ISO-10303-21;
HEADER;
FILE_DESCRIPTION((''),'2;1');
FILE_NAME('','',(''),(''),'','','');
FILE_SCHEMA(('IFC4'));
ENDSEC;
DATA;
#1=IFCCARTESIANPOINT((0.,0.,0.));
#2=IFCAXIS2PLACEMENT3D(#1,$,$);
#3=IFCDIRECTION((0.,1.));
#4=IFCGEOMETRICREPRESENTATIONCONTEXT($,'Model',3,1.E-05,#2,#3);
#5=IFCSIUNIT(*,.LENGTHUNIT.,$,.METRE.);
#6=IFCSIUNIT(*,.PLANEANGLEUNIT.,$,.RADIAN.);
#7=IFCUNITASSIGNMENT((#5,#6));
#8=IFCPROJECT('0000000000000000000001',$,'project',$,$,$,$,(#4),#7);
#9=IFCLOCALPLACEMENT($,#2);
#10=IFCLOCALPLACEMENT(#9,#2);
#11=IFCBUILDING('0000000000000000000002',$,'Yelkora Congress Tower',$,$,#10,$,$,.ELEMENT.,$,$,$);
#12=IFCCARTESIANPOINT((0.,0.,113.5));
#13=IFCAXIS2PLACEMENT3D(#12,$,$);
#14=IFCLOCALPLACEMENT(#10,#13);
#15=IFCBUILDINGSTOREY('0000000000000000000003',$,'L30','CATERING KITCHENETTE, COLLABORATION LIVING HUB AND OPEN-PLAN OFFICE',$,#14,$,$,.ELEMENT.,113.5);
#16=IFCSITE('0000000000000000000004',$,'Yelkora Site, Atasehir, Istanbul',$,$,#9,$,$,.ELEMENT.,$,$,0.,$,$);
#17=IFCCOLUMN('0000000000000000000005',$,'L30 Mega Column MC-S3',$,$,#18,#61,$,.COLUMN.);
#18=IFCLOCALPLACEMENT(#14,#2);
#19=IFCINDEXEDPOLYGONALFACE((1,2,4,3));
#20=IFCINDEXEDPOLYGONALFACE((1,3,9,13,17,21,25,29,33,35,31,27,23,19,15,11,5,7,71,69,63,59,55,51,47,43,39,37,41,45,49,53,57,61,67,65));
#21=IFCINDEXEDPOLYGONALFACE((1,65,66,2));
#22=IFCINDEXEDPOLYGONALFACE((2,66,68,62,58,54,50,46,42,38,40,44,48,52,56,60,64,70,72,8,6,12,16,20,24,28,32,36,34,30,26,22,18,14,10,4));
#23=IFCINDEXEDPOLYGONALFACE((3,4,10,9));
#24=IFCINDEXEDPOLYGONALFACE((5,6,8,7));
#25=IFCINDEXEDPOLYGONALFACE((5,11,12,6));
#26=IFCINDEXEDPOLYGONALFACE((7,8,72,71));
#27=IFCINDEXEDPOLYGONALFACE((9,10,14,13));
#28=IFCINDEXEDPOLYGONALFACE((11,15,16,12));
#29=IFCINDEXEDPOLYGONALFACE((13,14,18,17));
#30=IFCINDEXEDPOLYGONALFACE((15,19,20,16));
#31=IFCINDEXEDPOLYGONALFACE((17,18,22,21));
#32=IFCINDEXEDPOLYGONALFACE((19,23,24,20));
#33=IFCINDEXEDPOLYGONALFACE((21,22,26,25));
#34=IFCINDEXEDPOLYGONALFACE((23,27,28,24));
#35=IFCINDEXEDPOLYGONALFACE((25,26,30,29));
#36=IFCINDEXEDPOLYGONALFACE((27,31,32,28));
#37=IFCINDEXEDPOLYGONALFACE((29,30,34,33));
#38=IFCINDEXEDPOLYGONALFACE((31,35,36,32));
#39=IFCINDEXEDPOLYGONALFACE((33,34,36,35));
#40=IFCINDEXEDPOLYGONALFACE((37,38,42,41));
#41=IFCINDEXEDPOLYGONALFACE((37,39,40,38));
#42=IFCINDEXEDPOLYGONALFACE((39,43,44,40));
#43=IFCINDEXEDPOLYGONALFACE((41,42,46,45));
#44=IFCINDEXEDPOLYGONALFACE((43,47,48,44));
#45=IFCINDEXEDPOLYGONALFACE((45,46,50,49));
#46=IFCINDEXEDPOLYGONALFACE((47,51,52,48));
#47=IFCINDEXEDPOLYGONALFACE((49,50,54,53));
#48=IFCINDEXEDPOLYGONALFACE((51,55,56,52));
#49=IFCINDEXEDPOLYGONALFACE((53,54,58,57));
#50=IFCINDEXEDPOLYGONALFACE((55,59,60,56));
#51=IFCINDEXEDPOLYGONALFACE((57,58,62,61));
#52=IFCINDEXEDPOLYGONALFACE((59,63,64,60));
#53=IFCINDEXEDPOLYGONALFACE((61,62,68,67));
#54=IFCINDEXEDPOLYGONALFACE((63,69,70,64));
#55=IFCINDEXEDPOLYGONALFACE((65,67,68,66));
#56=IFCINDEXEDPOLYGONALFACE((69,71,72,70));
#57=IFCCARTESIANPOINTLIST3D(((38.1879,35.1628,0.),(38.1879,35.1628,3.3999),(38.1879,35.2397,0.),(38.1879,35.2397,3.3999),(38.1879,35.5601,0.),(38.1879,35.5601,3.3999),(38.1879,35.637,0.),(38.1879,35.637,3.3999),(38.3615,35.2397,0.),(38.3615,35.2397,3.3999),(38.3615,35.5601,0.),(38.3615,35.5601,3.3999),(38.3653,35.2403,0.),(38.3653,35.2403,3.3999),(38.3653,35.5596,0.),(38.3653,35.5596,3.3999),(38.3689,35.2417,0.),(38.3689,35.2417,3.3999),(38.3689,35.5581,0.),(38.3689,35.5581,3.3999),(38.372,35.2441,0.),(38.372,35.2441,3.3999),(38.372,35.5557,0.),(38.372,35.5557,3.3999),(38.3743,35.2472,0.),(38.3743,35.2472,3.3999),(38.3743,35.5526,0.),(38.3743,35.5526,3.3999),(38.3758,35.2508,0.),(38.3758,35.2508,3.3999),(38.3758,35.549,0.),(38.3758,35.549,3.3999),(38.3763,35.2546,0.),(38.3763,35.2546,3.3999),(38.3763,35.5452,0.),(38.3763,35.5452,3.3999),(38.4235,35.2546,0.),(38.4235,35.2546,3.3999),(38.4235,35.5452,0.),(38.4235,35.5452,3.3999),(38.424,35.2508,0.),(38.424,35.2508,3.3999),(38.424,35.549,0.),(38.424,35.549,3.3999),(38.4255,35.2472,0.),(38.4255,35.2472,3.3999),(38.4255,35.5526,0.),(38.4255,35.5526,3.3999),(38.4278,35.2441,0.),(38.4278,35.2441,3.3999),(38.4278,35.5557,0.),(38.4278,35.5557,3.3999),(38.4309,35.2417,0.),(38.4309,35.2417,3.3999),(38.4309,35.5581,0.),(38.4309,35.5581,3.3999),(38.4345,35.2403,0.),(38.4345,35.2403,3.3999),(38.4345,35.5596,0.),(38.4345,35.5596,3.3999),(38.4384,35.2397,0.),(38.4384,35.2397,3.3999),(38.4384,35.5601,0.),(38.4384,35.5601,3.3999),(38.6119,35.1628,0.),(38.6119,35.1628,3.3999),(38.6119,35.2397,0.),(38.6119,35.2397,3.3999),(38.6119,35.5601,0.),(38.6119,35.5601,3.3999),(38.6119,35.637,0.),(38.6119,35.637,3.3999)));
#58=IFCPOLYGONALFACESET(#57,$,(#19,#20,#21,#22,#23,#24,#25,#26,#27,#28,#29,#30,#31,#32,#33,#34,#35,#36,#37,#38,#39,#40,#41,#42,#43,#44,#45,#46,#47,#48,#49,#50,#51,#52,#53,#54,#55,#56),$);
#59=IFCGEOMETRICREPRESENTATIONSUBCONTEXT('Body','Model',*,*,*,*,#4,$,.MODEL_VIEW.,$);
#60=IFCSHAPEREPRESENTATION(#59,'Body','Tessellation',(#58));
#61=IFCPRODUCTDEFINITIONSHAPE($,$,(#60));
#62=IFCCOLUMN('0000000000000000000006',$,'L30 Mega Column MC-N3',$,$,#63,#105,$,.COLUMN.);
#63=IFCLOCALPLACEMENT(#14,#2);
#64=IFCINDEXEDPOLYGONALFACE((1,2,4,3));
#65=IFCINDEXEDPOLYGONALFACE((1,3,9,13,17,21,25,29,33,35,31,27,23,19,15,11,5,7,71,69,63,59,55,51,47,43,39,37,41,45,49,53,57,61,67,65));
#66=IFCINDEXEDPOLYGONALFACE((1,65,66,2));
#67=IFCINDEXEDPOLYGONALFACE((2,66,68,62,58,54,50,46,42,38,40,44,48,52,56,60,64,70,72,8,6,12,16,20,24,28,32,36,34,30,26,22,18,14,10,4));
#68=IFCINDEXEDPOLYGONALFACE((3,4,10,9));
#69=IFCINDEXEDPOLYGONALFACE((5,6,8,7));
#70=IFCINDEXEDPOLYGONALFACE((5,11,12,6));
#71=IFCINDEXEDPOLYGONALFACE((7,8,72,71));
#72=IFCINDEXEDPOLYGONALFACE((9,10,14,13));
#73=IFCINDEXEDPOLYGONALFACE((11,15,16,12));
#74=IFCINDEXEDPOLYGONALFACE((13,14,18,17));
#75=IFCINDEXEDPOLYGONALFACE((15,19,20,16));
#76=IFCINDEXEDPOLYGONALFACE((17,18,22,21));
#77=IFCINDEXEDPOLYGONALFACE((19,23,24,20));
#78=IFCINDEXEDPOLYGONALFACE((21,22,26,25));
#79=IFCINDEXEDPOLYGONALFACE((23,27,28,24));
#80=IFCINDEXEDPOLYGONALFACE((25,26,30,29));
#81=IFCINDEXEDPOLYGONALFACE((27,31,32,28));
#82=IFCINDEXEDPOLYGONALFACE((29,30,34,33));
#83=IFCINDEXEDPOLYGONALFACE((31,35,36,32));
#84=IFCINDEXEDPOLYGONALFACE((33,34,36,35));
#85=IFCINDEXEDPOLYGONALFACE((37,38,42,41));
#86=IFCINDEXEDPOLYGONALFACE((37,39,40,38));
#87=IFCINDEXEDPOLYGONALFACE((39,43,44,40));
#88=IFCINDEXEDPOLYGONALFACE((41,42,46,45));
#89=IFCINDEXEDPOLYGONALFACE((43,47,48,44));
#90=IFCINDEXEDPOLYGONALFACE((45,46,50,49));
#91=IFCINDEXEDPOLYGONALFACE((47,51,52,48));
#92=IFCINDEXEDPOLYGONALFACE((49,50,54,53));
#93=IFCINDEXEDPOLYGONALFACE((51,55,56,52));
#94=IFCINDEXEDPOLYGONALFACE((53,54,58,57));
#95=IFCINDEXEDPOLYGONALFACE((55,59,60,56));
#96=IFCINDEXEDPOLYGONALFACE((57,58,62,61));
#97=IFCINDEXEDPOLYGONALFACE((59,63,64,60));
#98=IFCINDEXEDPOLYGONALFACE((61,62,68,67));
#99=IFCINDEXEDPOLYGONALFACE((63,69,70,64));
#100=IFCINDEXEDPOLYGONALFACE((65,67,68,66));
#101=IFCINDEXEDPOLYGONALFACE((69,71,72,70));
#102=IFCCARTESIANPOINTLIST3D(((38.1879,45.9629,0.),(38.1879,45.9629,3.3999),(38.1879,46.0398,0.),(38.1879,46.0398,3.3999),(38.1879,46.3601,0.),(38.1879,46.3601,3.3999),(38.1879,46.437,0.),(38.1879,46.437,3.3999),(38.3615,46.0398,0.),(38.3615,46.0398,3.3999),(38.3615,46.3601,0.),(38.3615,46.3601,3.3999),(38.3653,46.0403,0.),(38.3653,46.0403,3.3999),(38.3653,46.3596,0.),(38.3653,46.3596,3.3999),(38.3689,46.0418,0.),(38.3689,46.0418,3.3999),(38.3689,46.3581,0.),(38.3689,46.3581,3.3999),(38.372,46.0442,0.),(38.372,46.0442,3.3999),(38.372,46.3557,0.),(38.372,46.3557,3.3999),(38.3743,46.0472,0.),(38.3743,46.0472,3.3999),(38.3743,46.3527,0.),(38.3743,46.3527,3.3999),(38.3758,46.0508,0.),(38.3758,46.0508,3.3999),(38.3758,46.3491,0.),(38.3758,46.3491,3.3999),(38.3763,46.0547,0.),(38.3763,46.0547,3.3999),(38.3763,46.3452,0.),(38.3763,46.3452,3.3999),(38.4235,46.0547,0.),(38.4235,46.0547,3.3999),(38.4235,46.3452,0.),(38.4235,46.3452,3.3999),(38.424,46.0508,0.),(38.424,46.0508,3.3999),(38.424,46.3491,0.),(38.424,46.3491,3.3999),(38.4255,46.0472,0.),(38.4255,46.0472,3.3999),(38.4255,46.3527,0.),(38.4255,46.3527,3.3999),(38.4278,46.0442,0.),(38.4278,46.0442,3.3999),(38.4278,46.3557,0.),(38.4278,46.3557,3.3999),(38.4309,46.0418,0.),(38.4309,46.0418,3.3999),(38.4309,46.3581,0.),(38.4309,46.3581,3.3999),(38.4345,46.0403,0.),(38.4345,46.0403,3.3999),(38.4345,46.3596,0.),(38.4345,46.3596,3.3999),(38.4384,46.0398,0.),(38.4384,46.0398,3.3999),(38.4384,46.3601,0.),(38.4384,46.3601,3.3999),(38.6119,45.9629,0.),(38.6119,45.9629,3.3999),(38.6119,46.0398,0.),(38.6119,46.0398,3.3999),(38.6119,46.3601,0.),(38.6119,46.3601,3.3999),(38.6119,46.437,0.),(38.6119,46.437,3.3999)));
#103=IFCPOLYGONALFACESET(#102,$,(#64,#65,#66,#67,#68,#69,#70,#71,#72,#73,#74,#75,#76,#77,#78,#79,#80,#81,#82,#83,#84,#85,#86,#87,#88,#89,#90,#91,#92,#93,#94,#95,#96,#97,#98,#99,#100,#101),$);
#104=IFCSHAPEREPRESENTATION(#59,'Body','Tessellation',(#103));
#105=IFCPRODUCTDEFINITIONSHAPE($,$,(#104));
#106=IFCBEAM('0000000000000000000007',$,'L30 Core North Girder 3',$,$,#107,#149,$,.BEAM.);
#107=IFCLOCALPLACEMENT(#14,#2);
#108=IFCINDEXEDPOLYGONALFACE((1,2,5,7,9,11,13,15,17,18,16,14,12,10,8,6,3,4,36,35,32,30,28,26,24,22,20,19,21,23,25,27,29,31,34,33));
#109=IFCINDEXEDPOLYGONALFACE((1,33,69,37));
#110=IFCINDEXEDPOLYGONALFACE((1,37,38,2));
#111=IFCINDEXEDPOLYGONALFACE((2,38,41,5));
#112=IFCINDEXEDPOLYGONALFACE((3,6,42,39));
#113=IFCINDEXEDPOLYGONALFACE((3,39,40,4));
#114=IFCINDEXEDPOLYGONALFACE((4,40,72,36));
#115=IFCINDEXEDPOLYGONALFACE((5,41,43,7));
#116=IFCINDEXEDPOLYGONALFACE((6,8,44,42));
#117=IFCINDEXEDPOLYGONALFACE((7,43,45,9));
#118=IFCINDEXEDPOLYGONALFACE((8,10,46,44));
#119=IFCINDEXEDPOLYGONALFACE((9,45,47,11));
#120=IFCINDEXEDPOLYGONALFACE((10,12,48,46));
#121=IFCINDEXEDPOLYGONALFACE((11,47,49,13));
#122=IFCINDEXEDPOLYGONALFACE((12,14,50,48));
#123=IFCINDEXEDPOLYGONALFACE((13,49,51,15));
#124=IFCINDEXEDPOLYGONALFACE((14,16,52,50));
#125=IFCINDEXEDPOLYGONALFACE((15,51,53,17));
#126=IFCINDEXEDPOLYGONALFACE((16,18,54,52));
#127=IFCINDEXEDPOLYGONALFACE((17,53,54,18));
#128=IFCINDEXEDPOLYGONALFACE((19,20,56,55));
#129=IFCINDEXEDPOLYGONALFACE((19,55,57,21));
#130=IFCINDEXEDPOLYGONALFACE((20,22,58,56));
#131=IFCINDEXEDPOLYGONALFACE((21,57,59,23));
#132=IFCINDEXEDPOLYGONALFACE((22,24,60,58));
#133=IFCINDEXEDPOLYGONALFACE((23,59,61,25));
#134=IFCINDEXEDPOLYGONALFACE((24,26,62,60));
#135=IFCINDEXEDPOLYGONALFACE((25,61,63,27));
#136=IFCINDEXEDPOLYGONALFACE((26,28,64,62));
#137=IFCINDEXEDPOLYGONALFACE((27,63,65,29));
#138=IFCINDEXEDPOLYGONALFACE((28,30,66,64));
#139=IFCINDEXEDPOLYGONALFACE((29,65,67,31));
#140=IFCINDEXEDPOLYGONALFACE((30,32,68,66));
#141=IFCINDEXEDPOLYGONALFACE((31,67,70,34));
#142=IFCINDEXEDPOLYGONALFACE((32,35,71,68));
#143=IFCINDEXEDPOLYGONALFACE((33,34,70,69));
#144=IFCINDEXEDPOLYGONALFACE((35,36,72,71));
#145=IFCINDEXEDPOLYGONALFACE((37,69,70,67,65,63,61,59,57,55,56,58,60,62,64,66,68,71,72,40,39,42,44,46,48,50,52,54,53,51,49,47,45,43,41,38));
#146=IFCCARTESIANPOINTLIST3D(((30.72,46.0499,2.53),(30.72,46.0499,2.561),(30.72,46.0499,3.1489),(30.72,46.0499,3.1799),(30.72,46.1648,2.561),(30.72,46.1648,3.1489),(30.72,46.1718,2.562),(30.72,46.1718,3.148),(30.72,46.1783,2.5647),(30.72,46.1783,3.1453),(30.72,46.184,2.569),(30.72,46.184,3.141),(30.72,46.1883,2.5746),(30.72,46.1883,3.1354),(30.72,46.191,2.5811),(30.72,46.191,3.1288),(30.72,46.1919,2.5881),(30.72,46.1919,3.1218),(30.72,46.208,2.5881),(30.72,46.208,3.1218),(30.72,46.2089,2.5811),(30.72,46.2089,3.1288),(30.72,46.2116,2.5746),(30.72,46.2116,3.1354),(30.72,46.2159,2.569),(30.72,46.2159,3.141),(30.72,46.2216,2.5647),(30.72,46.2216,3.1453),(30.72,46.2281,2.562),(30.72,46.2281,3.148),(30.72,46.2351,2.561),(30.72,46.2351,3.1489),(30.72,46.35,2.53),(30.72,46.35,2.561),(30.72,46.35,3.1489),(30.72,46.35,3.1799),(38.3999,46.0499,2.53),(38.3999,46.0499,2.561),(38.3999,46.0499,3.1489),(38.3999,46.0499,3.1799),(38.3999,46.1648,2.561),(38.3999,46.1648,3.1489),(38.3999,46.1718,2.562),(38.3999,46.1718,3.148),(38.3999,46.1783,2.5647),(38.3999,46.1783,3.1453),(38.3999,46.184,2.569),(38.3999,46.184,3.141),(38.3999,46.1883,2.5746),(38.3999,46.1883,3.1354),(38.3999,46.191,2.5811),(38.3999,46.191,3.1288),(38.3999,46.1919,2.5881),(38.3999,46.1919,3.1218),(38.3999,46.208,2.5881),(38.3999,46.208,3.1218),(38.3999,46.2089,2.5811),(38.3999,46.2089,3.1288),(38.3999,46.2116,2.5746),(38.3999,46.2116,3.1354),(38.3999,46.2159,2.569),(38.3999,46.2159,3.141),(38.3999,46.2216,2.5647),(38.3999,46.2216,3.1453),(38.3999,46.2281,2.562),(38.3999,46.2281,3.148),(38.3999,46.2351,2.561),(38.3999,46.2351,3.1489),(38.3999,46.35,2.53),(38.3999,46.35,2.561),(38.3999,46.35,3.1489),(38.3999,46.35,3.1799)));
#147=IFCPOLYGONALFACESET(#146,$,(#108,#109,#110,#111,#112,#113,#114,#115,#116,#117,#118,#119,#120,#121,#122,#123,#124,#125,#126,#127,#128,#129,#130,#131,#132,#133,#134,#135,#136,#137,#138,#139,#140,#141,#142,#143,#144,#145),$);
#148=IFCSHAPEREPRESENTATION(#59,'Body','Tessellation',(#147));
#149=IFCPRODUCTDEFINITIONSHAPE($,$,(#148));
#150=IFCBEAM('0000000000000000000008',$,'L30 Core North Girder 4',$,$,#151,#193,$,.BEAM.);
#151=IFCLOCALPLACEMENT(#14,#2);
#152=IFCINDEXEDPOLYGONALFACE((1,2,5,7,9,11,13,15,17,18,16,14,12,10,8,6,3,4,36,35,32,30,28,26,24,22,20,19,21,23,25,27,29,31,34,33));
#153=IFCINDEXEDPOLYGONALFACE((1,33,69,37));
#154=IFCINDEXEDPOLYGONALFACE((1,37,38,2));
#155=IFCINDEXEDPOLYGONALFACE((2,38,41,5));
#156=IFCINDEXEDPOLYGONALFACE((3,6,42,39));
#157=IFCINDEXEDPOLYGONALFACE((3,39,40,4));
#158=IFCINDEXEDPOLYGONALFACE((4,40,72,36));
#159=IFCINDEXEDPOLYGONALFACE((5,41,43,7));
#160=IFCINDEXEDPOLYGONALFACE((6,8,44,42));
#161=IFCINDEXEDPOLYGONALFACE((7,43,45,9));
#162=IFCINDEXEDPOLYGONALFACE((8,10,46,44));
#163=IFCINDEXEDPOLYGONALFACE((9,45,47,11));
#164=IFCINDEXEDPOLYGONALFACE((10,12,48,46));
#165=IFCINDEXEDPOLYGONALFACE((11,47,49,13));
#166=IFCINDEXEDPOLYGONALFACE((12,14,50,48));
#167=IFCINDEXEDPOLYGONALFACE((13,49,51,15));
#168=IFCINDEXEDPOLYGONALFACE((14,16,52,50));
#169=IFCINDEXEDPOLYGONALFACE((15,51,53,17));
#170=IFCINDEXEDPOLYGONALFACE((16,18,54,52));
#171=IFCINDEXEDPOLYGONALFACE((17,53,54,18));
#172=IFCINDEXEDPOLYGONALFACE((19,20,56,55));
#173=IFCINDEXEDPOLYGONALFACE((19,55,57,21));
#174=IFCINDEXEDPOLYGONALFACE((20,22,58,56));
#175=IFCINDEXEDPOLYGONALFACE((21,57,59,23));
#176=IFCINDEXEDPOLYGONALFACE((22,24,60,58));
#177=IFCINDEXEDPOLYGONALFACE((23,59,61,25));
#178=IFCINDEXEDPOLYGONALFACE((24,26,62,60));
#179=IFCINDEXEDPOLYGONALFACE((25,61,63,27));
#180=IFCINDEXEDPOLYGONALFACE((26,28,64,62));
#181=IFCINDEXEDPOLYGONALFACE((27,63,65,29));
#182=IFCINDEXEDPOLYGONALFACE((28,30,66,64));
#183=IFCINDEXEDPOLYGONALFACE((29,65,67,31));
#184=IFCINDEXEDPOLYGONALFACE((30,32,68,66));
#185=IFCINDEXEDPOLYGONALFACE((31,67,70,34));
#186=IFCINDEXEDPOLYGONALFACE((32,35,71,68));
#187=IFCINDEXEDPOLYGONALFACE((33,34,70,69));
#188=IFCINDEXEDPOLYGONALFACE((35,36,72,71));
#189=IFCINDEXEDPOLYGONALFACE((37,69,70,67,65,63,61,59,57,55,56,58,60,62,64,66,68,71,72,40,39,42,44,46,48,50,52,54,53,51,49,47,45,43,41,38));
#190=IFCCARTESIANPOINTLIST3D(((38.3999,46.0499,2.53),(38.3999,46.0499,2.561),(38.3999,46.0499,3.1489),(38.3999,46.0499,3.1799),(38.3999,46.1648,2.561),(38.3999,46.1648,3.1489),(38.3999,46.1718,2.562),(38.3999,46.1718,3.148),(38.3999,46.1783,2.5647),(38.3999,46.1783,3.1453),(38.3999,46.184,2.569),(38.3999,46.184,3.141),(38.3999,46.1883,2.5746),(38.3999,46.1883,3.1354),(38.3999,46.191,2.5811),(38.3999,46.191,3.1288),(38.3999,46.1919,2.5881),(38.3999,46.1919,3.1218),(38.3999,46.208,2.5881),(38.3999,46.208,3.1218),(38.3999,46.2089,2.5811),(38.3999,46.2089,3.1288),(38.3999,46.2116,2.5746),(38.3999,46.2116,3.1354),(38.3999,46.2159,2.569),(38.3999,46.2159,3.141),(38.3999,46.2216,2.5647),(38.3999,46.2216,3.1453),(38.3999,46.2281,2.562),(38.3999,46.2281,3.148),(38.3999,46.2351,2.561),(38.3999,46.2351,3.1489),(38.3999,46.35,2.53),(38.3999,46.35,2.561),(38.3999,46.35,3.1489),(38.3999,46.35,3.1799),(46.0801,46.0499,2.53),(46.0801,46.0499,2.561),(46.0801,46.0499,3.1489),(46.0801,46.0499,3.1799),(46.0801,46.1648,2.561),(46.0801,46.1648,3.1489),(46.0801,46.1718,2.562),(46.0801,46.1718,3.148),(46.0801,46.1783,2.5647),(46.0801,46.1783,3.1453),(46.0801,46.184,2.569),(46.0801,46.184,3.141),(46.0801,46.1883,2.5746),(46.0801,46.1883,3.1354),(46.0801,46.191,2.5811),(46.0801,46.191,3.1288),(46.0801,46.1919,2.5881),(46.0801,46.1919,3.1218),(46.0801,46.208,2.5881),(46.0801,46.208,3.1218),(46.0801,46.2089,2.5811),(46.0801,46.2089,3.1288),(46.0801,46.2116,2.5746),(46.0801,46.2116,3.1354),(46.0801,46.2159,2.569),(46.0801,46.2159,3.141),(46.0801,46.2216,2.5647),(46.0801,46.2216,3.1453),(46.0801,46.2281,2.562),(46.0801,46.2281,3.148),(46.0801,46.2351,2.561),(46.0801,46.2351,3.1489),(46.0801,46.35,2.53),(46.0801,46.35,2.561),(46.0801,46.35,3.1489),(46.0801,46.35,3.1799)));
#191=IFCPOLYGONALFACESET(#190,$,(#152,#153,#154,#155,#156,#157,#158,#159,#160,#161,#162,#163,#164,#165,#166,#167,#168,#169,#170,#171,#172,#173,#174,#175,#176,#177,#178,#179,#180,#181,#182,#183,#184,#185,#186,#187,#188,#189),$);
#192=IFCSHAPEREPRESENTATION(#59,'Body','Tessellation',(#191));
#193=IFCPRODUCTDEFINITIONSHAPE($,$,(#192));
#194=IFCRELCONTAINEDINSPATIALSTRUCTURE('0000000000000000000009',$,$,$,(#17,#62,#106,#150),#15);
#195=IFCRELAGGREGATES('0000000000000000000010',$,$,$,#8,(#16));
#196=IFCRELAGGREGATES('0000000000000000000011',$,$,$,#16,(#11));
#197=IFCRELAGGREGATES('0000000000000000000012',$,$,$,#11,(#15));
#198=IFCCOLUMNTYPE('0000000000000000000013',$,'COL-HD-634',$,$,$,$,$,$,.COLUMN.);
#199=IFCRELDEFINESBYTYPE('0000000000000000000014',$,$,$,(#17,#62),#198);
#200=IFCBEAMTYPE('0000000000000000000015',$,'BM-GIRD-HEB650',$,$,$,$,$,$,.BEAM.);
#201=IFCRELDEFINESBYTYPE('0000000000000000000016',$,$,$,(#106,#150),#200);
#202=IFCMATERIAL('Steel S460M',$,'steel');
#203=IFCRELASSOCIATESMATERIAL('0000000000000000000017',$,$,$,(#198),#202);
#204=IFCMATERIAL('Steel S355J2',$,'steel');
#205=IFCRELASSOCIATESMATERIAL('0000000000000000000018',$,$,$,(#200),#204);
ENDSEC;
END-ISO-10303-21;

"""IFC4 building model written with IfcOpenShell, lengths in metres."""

from ifc_helpers import new_model, si_unit, direction, frame, origin, origin_2d, place, context, subcontext, project, spatial, i_section, extrude, material, material_profile, profile_set, type_object, element, save


model = new_model("IFC4")

# Units and contexts
model_context = context("Model", 3, precision=1e-05, world=origin(), true_north=direction((0.0, 1.0)))
body_context = subcontext(model_context, "Body", "Model", "MODEL_VIEW")
ifc_project = project(units=[si_unit("LENGTHUNIT", "METRE"), si_unit("PLANEANGLEUNIT", "RADIAN")], contexts=[model_context])

# Site, building, storey
site_placement = place(None, origin())
site = spatial("IfcSite", under=ifc_project, at=site_placement, Name="Yelkora Site, Atasehir, Istanbul", CompositionType="ELEMENT", RefElevation=0.0)
building_placement = place(site_placement, origin())
building = spatial("IfcBuilding", under=site, at=building_placement, Name="Yelkora Congress Tower", CompositionType="ELEMENT")
storey_placement = place(building_placement, frame((0.0, 0.0, 113.5)))
storey = spatial("IfcBuildingStorey", under=building, at=storey_placement, Name="L30", Description="CATERING KITCHENETTE, COLLABORATION LIVING HUB AND OPEN-PLAN OFFICE", CompositionType="ELEMENT", Elevation=113.5)

# Columns
ifc_material_1 = material(Name="Steel S460M", Category="steel")
ifc_material_profile_1 = material_profile(ifc_material_1, i_section(OverallWidth=0.4241, OverallDepth=0.4741, WebThickness=0.0471, FlangeThickness=0.0769, FilletRadius=0.0149, at=origin_2d()), Name="HD 400x634")
ifc_profile_set_1 = profile_set([ifc_material_profile_1], Name="Steel S460M")
column_type = type_object("IfcColumnType", Name="COL-HD-634", PredefinedType="COLUMN", material=ifc_profile_set_1)
for number, where, z_axis, x_axis, name in (
    (1, (38.3999, 35.3999, 0.0), (0.0, 0.0, 1.0), (1.0, 0.0, 0.0), "L30 Mega Column MC-S3"),
    (2, (38.3999, 46.2, 0.0), (0.0, 0.0, 1.0), (1.0, 0.0, 0.0), "L30 Mega Column MC-N3"),
):
    element("IfcColumn", number, at=place(storey_placement, frame(where, z_axis=z_axis, x_axis=x_axis)), inside=storey, type_object=column_type, Name=name, PredefinedType="COLUMN", context=body_context, shape_type="SweptSolid", body=[
        extrude(i_section(OverallWidth=0.4241, OverallDepth=0.4741, WebThickness=0.0471, FlangeThickness=0.0769, FilletRadius=0.0149, at=origin_2d()), origin(), (0.0, 0.0, 1.0), 3.3999),
    ])

# Beams
ifc_material_2 = material(Name="Steel S355J2", Category="steel")
ifc_material_profile_2 = material_profile(ifc_material_2, i_section(OverallWidth=0.3, OverallDepth=0.6499, WebThickness=0.0161, FlangeThickness=0.031, FilletRadius=0.0271, at=origin_2d()), Name="HEB 650")
ifc_profile_set_2 = profile_set([ifc_material_profile_2], Name="Steel S355J2")
beam_type = type_object("IfcBeamType", Name="BM-GIRD-HEB650", PredefinedType="BEAM", material=ifc_profile_set_2)
beam_1_placement = place(storey_placement, frame((30.72, 46.2, 2.855), z_axis=(1.0, 0.0, 0.0), x_axis=(0.0, 1.0, 0.0)))
element("IfcBeam", 3, at=beam_1_placement, inside=storey, type_object=beam_type, Name="L30 Core North Girder 3", PredefinedType="BEAM", context=body_context, shape_type="SweptSolid", body=[
    extrude(i_section(OverallWidth=0.3, OverallDepth=0.6499, WebThickness=0.0161, FlangeThickness=0.031, FilletRadius=0.0271, at=origin_2d()), origin(), (0.0, 0.0, 1.0), 7.6799),
])
for number, where, z_axis, x_axis, name in (
    (4, (38.3999, 46.2, 2.855), (1.0, 0.0, 0.0), (0.0, 1.0, 0.0), "L30 Core North Girder 4"),
):
    element("IfcBeam", number, at=place(storey_placement, frame(where, z_axis=z_axis, x_axis=x_axis)), inside=storey, type_object=beam_type, Name=name, PredefinedType="BEAM", context=body_context, shape_type="SweptSolid", body=[
        extrude(i_section(OverallWidth=0.3, OverallDepth=0.6499, WebThickness=0.0161, FlangeThickness=0.031, FilletRadius=0.0271, at=origin_2d()), origin(), (0.0, 0.0, 1.0), 7.6802),
    ])

save(model, "model.ifc")
